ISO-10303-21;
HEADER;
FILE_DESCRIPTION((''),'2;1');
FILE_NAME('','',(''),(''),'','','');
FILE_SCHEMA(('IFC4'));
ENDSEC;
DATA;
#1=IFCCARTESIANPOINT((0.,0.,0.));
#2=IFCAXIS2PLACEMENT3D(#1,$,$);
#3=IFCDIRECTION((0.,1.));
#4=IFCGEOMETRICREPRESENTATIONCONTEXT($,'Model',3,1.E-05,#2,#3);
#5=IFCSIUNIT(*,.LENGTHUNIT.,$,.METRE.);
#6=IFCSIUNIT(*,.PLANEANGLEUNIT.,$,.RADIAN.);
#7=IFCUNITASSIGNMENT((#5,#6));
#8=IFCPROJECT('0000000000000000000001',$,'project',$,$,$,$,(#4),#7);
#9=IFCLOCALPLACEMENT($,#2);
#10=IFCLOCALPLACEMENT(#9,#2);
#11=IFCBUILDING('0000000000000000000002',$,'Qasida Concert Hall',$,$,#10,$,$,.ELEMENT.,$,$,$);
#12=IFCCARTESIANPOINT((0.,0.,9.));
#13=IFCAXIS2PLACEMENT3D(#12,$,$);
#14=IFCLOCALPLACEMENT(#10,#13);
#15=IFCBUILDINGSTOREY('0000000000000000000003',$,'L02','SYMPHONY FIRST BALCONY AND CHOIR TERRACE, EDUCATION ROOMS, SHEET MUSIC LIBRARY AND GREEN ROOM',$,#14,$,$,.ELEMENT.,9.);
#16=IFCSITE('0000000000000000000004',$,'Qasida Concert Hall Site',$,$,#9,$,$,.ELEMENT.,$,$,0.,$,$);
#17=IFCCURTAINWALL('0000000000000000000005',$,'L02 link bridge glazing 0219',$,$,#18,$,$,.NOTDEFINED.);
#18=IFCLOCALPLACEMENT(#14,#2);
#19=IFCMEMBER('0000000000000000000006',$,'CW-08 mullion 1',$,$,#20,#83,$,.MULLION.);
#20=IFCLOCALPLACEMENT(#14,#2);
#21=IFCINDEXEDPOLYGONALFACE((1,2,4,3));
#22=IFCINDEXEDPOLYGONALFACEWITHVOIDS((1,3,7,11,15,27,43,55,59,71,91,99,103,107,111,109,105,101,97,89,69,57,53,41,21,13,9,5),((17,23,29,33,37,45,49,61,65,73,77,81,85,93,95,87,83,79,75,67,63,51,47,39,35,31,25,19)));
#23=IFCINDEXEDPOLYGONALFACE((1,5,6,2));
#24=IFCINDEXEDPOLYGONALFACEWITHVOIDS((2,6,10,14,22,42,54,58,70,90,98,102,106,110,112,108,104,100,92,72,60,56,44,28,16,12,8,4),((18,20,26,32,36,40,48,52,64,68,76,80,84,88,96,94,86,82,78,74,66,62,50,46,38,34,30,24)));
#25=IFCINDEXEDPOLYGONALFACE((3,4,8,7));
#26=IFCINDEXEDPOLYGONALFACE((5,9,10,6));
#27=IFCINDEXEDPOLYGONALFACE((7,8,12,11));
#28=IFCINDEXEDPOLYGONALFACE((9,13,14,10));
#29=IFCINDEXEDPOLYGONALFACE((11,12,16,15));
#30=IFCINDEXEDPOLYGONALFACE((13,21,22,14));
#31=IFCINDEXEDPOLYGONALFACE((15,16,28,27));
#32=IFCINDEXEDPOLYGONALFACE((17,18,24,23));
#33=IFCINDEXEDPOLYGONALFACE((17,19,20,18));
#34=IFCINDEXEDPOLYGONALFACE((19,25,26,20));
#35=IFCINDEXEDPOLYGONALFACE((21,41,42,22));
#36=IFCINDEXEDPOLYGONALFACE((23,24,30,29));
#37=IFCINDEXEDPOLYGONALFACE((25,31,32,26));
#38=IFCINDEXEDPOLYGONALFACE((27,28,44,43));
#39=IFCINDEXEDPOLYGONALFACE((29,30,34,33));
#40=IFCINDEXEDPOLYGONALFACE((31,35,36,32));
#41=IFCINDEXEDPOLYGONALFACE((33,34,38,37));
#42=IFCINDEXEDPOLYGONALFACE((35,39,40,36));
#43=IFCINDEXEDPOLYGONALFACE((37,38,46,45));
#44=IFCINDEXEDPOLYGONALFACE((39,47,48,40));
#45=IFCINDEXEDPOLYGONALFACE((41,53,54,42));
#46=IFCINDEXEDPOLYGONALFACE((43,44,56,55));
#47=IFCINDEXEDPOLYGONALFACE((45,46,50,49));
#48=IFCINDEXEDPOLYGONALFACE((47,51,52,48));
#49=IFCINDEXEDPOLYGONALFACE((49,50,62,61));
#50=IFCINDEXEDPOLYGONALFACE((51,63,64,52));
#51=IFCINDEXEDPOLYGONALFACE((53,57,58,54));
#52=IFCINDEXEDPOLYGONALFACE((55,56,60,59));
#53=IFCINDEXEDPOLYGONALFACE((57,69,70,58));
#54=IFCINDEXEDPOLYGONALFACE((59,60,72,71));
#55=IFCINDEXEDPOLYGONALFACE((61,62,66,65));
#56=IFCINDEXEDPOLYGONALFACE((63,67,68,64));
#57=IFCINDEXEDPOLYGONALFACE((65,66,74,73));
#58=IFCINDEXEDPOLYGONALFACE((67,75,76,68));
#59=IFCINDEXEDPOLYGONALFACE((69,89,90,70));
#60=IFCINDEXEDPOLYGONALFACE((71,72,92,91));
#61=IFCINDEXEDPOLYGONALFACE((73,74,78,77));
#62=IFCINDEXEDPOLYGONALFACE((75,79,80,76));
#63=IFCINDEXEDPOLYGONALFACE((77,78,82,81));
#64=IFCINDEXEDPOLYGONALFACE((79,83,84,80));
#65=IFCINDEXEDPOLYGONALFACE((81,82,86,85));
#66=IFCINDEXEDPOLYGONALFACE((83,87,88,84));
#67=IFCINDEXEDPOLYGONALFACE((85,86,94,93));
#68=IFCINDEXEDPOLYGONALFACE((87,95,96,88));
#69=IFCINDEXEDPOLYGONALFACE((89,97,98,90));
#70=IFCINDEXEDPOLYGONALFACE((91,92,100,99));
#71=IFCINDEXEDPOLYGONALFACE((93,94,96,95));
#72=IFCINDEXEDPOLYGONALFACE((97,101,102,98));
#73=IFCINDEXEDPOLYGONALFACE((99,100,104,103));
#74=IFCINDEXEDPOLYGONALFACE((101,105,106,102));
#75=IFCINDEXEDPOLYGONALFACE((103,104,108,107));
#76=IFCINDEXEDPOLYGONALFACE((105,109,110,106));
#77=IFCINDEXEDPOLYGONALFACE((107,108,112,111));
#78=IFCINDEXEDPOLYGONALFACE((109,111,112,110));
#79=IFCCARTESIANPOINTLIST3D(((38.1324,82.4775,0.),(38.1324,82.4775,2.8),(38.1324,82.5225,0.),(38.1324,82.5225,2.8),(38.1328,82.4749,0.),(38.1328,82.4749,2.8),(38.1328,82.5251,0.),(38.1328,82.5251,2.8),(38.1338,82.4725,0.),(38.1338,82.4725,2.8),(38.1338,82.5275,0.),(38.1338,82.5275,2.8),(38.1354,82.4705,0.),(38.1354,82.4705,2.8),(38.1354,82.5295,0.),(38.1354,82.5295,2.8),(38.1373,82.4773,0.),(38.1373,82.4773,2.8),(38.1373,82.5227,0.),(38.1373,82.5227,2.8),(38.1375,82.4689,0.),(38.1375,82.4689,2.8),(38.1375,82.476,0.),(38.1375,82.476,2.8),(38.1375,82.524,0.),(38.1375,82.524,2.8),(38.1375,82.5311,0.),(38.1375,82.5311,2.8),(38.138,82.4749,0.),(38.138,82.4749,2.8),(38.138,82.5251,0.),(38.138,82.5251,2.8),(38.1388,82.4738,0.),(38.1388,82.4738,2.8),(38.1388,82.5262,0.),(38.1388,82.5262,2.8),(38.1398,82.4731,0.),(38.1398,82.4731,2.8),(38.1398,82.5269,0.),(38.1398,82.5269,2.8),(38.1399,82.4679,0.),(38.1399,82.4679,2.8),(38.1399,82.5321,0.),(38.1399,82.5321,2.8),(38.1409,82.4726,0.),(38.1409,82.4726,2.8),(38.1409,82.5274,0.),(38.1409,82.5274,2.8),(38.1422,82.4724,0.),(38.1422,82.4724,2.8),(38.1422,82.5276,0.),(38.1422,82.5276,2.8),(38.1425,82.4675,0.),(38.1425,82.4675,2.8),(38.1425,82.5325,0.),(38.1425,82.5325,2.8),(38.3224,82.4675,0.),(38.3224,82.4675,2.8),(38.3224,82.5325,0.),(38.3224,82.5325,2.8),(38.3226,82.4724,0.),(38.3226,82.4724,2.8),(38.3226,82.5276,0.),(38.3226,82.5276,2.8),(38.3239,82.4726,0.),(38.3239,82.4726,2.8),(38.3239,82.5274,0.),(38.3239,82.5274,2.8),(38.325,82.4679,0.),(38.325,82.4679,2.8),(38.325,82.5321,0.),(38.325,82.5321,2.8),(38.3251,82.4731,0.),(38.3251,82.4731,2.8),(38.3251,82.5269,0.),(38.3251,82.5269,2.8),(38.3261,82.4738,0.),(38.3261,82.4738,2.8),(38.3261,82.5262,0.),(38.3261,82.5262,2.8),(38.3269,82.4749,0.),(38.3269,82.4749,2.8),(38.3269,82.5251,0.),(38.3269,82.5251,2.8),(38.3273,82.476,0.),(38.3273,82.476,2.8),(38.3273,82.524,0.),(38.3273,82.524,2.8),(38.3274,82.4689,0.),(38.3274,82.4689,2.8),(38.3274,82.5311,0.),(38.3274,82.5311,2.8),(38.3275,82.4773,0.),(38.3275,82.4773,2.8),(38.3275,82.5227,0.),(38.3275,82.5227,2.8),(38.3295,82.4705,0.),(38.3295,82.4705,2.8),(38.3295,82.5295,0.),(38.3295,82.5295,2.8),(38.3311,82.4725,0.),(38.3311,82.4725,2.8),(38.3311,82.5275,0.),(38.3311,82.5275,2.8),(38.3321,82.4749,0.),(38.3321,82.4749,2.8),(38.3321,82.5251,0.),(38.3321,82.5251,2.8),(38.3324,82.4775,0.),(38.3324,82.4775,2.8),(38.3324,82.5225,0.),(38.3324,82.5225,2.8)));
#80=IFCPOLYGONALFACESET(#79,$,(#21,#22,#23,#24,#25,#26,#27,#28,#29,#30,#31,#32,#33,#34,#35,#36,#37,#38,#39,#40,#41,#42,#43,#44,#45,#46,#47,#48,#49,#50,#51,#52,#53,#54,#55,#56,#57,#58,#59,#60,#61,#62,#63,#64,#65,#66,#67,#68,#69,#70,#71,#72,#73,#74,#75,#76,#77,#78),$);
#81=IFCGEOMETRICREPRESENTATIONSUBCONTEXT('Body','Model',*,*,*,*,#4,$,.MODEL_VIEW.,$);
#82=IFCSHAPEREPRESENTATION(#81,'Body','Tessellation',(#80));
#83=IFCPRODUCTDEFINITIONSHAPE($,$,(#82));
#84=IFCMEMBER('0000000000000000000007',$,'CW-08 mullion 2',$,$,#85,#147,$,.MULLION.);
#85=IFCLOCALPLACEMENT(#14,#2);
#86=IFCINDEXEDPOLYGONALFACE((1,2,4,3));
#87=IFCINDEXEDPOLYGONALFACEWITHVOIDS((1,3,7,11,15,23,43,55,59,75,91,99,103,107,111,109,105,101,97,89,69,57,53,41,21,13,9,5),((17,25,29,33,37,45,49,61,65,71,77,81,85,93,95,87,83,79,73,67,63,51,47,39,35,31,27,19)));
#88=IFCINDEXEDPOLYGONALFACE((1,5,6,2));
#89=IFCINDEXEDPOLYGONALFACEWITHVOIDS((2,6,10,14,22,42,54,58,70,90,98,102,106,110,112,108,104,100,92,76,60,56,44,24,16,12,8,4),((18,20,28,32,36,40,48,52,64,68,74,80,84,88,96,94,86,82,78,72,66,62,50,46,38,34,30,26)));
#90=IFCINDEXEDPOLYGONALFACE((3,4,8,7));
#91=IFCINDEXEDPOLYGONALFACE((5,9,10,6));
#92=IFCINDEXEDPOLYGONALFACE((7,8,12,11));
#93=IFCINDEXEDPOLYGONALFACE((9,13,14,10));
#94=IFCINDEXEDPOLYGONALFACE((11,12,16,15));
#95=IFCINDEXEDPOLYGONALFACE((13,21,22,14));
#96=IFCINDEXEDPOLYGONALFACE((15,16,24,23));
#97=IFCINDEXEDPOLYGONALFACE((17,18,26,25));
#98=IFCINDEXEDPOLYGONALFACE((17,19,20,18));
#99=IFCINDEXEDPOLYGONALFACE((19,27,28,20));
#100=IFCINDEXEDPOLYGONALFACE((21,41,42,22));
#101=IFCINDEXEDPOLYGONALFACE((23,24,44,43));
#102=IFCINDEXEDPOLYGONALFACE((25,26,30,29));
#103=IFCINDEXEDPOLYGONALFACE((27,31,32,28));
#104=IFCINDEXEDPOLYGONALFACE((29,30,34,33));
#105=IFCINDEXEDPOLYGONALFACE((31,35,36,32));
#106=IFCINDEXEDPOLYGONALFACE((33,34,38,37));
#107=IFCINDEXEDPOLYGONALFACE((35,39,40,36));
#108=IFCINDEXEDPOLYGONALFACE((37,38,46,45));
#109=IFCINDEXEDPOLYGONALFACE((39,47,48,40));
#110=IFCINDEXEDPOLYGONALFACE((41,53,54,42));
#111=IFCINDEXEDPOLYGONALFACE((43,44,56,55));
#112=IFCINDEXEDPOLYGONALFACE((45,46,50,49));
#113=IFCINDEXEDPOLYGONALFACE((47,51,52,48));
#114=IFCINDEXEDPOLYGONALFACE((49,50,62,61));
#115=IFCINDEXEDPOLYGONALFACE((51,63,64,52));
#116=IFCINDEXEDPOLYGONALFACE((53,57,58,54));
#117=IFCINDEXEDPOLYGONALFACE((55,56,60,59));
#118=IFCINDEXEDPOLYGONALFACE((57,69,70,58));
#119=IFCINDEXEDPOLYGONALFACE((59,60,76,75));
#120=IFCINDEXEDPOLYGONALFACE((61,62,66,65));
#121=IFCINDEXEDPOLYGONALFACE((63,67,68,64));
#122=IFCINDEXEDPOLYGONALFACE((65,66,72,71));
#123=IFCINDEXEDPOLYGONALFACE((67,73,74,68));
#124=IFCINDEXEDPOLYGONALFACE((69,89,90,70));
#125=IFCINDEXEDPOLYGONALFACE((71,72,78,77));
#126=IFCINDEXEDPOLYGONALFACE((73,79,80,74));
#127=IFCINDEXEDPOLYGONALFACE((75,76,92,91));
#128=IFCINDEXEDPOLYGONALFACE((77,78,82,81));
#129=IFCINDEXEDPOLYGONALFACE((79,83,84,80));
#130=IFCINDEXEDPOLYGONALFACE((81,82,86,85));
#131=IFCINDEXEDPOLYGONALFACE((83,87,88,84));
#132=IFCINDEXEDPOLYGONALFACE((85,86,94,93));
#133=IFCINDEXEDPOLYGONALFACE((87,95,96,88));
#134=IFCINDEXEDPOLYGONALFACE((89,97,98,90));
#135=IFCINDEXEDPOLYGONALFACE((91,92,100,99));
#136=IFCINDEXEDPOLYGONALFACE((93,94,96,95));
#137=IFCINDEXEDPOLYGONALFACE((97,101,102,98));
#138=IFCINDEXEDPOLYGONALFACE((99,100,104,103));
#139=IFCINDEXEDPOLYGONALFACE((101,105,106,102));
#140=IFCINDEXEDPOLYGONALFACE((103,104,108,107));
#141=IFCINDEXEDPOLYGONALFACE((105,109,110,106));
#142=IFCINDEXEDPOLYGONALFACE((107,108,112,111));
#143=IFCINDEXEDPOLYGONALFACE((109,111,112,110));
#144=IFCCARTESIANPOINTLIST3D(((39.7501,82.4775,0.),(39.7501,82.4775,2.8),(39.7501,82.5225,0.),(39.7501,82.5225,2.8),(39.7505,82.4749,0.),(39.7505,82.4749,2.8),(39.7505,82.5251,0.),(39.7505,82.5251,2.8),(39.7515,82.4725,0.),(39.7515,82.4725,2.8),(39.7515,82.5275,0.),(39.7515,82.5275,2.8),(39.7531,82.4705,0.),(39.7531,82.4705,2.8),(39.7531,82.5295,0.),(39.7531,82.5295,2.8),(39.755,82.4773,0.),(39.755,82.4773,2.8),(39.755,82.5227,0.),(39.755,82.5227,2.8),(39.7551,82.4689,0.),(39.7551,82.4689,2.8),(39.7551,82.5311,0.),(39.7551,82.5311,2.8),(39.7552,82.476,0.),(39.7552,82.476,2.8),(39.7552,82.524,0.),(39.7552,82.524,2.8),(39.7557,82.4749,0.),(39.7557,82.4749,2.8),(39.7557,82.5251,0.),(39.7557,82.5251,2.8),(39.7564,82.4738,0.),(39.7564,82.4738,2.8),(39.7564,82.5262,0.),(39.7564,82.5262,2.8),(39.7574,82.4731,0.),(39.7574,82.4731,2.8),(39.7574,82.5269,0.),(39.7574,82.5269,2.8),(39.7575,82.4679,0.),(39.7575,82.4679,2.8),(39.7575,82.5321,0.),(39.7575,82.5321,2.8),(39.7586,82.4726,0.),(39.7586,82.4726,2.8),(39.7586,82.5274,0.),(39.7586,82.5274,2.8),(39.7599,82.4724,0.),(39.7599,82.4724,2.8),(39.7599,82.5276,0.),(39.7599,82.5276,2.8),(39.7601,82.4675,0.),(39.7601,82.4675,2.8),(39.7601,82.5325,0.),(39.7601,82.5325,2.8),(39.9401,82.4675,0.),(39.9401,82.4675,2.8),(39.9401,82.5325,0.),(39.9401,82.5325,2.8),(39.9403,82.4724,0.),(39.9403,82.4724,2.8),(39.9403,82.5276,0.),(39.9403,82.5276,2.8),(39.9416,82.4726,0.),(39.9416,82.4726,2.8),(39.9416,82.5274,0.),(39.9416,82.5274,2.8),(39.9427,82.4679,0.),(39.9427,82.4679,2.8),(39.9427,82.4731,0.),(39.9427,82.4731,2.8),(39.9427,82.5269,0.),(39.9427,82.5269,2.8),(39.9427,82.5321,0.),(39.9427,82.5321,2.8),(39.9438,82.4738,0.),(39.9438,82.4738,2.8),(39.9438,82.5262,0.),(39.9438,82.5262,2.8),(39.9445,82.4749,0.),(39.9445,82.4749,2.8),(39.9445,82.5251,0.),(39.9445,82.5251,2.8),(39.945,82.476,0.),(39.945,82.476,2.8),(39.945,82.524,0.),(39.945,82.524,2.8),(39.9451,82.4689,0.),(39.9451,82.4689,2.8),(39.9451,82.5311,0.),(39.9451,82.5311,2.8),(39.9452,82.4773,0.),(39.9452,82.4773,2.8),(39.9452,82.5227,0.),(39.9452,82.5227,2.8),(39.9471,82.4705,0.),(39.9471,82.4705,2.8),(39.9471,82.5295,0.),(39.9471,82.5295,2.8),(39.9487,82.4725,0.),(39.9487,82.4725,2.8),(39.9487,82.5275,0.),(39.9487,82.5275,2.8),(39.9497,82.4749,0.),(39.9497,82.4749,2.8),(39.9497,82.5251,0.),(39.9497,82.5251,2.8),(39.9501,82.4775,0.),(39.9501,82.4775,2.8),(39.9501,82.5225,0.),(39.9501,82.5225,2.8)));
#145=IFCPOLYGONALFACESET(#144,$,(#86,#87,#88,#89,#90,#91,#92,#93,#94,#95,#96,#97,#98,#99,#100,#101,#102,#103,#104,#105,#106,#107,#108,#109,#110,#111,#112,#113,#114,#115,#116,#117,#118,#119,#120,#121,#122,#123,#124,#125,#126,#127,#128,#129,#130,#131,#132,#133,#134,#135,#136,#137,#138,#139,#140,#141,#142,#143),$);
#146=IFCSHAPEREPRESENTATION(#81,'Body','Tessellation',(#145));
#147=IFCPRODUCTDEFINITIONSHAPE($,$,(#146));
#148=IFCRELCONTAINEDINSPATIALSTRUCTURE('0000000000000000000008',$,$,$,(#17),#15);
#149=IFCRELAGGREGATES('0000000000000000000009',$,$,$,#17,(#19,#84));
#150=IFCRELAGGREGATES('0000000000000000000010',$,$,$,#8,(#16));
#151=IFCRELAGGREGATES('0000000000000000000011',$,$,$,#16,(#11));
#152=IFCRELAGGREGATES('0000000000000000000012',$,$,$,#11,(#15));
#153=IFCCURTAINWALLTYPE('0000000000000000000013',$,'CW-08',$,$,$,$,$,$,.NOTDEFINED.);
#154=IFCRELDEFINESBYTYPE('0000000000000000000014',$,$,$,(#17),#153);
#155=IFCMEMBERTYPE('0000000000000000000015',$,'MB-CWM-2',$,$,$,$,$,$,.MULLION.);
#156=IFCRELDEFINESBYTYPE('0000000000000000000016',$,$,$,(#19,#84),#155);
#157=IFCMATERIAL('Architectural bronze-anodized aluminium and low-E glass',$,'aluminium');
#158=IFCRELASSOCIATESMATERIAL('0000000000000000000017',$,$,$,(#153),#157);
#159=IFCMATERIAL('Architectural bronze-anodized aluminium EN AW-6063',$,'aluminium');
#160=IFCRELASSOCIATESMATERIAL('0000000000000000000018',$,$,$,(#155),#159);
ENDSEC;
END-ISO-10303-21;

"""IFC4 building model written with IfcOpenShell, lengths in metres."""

from ifc_helpers import new_model, si_unit, direction, frame, origin, origin_2d, place, context, subcontext, project, spatial, hollow_rectangle, extrude, material, material_profile, profile_set, type_object, element, aggregate, save


model = new_model("IFC4")

# Units and contexts
model_context = context("Model", 3, precision=1e-05, world=origin(), true_north=direction((0.0, 1.0)))
body_context = subcontext(model_context, "Body", "Model", "MODEL_VIEW")
ifc_project = project(units=[si_unit("LENGTHUNIT", "METRE"), si_unit("PLANEANGLEUNIT", "RADIAN")], contexts=[model_context])

# Site, building, storey
site_placement = place(None, origin())
site = spatial("IfcSite", under=ifc_project, at=site_placement, Name="Qasida Concert Hall Site", CompositionType="ELEMENT", RefElevation=0.0)
building_placement = place(site_placement, origin())
building = spatial("IfcBuilding", under=site, at=building_placement, Name="Qasida Concert Hall", CompositionType="ELEMENT")
storey_placement = place(building_placement, frame((0.0, 0.0, 9.0)))
storey = spatial("IfcBuildingStorey", under=building, at=storey_placement, Name="L02", Description="SYMPHONY FIRST BALCONY AND CHOIR TERRACE, EDUCATION ROOMS, SHEET MUSIC LIBRARY AND GREEN ROOM", CompositionType="ELEMENT", Elevation=9.0)

# Curtain wall, members
ifc_material_1 = material(Name="Architectural bronze-anodized aluminium and low-E glass", Category="aluminium")
curtain_wall_type = type_object("IfcCurtainWallType", Name="CW-08", PredefinedType="NOTDEFINED", material=ifc_material_1)
curtain_wall_placement = place(storey_placement, origin())
curtain_wall = element("IfcCurtainWall", 1, at=curtain_wall_placement, inside=storey, type_object=curtain_wall_type, Name="L02 link bridge glazing 0219", PredefinedType="NOTDEFINED")
ifc_material_2 = material(Name="Architectural bronze-anodized aluminium EN AW-6063", Category="aluminium")
ifc_material_profile_1 = material_profile(ifc_material_2, hollow_rectangle(XDim=0.0649, YDim=0.2, WallThickness=0.0049, InnerFilletRadius=0.0049, OuterFilletRadius=0.01, at=origin_2d()), Name="CWM 200x65x5")
ifc_profile_set_1 = profile_set([ifc_material_profile_1], Name="Architectural bronze-anodized aluminium EN AW-6063")
member_type_1 = type_object("IfcMemberType", Name="MB-CWM-2", PredefinedType="MULLION", material=ifc_profile_set_1)
member_1_placement = place(storey_placement, frame((38.2324, 82.5, 0.0), z_axis=(0.0, 0.0, 1.0), x_axis=(0.0, 1.0, 0.0)))
member_1 = element("IfcMember", 2, at=member_1_placement, type_object=member_type_1, Name="CW-08 mullion 1", PredefinedType="MULLION", context=body_context, shape_type="SweptSolid", body=[
    extrude(hollow_rectangle(XDim=0.0649, YDim=0.2, WallThickness=0.0049, InnerFilletRadius=0.0049, OuterFilletRadius=0.01, at=origin_2d()), origin(), (0.0, 0.0, 1.0), 2.8),
])
member_2_placement = place(storey_placement, frame((39.8501, 82.5, 0.0), z_axis=(0.0, 0.0, 1.0), x_axis=(0.0, 1.0, 0.0)))
member_2 = element("IfcMember", 3, at=member_2_placement, type_object=member_type_1, Name="CW-08 mullion 2", PredefinedType="MULLION", context=body_context, shape_type="SweptSolid", body=[
    extrude(hollow_rectangle(XDim=0.0649, YDim=0.2, WallThickness=0.0049, InnerFilletRadius=0.0049, OuterFilletRadius=0.01, at=origin_2d()), origin(), (0.0, 0.0, 1.0), 2.8),
])
aggregate(curtain_wall, [member_1, member_2])

save(model, "model.ifc")
